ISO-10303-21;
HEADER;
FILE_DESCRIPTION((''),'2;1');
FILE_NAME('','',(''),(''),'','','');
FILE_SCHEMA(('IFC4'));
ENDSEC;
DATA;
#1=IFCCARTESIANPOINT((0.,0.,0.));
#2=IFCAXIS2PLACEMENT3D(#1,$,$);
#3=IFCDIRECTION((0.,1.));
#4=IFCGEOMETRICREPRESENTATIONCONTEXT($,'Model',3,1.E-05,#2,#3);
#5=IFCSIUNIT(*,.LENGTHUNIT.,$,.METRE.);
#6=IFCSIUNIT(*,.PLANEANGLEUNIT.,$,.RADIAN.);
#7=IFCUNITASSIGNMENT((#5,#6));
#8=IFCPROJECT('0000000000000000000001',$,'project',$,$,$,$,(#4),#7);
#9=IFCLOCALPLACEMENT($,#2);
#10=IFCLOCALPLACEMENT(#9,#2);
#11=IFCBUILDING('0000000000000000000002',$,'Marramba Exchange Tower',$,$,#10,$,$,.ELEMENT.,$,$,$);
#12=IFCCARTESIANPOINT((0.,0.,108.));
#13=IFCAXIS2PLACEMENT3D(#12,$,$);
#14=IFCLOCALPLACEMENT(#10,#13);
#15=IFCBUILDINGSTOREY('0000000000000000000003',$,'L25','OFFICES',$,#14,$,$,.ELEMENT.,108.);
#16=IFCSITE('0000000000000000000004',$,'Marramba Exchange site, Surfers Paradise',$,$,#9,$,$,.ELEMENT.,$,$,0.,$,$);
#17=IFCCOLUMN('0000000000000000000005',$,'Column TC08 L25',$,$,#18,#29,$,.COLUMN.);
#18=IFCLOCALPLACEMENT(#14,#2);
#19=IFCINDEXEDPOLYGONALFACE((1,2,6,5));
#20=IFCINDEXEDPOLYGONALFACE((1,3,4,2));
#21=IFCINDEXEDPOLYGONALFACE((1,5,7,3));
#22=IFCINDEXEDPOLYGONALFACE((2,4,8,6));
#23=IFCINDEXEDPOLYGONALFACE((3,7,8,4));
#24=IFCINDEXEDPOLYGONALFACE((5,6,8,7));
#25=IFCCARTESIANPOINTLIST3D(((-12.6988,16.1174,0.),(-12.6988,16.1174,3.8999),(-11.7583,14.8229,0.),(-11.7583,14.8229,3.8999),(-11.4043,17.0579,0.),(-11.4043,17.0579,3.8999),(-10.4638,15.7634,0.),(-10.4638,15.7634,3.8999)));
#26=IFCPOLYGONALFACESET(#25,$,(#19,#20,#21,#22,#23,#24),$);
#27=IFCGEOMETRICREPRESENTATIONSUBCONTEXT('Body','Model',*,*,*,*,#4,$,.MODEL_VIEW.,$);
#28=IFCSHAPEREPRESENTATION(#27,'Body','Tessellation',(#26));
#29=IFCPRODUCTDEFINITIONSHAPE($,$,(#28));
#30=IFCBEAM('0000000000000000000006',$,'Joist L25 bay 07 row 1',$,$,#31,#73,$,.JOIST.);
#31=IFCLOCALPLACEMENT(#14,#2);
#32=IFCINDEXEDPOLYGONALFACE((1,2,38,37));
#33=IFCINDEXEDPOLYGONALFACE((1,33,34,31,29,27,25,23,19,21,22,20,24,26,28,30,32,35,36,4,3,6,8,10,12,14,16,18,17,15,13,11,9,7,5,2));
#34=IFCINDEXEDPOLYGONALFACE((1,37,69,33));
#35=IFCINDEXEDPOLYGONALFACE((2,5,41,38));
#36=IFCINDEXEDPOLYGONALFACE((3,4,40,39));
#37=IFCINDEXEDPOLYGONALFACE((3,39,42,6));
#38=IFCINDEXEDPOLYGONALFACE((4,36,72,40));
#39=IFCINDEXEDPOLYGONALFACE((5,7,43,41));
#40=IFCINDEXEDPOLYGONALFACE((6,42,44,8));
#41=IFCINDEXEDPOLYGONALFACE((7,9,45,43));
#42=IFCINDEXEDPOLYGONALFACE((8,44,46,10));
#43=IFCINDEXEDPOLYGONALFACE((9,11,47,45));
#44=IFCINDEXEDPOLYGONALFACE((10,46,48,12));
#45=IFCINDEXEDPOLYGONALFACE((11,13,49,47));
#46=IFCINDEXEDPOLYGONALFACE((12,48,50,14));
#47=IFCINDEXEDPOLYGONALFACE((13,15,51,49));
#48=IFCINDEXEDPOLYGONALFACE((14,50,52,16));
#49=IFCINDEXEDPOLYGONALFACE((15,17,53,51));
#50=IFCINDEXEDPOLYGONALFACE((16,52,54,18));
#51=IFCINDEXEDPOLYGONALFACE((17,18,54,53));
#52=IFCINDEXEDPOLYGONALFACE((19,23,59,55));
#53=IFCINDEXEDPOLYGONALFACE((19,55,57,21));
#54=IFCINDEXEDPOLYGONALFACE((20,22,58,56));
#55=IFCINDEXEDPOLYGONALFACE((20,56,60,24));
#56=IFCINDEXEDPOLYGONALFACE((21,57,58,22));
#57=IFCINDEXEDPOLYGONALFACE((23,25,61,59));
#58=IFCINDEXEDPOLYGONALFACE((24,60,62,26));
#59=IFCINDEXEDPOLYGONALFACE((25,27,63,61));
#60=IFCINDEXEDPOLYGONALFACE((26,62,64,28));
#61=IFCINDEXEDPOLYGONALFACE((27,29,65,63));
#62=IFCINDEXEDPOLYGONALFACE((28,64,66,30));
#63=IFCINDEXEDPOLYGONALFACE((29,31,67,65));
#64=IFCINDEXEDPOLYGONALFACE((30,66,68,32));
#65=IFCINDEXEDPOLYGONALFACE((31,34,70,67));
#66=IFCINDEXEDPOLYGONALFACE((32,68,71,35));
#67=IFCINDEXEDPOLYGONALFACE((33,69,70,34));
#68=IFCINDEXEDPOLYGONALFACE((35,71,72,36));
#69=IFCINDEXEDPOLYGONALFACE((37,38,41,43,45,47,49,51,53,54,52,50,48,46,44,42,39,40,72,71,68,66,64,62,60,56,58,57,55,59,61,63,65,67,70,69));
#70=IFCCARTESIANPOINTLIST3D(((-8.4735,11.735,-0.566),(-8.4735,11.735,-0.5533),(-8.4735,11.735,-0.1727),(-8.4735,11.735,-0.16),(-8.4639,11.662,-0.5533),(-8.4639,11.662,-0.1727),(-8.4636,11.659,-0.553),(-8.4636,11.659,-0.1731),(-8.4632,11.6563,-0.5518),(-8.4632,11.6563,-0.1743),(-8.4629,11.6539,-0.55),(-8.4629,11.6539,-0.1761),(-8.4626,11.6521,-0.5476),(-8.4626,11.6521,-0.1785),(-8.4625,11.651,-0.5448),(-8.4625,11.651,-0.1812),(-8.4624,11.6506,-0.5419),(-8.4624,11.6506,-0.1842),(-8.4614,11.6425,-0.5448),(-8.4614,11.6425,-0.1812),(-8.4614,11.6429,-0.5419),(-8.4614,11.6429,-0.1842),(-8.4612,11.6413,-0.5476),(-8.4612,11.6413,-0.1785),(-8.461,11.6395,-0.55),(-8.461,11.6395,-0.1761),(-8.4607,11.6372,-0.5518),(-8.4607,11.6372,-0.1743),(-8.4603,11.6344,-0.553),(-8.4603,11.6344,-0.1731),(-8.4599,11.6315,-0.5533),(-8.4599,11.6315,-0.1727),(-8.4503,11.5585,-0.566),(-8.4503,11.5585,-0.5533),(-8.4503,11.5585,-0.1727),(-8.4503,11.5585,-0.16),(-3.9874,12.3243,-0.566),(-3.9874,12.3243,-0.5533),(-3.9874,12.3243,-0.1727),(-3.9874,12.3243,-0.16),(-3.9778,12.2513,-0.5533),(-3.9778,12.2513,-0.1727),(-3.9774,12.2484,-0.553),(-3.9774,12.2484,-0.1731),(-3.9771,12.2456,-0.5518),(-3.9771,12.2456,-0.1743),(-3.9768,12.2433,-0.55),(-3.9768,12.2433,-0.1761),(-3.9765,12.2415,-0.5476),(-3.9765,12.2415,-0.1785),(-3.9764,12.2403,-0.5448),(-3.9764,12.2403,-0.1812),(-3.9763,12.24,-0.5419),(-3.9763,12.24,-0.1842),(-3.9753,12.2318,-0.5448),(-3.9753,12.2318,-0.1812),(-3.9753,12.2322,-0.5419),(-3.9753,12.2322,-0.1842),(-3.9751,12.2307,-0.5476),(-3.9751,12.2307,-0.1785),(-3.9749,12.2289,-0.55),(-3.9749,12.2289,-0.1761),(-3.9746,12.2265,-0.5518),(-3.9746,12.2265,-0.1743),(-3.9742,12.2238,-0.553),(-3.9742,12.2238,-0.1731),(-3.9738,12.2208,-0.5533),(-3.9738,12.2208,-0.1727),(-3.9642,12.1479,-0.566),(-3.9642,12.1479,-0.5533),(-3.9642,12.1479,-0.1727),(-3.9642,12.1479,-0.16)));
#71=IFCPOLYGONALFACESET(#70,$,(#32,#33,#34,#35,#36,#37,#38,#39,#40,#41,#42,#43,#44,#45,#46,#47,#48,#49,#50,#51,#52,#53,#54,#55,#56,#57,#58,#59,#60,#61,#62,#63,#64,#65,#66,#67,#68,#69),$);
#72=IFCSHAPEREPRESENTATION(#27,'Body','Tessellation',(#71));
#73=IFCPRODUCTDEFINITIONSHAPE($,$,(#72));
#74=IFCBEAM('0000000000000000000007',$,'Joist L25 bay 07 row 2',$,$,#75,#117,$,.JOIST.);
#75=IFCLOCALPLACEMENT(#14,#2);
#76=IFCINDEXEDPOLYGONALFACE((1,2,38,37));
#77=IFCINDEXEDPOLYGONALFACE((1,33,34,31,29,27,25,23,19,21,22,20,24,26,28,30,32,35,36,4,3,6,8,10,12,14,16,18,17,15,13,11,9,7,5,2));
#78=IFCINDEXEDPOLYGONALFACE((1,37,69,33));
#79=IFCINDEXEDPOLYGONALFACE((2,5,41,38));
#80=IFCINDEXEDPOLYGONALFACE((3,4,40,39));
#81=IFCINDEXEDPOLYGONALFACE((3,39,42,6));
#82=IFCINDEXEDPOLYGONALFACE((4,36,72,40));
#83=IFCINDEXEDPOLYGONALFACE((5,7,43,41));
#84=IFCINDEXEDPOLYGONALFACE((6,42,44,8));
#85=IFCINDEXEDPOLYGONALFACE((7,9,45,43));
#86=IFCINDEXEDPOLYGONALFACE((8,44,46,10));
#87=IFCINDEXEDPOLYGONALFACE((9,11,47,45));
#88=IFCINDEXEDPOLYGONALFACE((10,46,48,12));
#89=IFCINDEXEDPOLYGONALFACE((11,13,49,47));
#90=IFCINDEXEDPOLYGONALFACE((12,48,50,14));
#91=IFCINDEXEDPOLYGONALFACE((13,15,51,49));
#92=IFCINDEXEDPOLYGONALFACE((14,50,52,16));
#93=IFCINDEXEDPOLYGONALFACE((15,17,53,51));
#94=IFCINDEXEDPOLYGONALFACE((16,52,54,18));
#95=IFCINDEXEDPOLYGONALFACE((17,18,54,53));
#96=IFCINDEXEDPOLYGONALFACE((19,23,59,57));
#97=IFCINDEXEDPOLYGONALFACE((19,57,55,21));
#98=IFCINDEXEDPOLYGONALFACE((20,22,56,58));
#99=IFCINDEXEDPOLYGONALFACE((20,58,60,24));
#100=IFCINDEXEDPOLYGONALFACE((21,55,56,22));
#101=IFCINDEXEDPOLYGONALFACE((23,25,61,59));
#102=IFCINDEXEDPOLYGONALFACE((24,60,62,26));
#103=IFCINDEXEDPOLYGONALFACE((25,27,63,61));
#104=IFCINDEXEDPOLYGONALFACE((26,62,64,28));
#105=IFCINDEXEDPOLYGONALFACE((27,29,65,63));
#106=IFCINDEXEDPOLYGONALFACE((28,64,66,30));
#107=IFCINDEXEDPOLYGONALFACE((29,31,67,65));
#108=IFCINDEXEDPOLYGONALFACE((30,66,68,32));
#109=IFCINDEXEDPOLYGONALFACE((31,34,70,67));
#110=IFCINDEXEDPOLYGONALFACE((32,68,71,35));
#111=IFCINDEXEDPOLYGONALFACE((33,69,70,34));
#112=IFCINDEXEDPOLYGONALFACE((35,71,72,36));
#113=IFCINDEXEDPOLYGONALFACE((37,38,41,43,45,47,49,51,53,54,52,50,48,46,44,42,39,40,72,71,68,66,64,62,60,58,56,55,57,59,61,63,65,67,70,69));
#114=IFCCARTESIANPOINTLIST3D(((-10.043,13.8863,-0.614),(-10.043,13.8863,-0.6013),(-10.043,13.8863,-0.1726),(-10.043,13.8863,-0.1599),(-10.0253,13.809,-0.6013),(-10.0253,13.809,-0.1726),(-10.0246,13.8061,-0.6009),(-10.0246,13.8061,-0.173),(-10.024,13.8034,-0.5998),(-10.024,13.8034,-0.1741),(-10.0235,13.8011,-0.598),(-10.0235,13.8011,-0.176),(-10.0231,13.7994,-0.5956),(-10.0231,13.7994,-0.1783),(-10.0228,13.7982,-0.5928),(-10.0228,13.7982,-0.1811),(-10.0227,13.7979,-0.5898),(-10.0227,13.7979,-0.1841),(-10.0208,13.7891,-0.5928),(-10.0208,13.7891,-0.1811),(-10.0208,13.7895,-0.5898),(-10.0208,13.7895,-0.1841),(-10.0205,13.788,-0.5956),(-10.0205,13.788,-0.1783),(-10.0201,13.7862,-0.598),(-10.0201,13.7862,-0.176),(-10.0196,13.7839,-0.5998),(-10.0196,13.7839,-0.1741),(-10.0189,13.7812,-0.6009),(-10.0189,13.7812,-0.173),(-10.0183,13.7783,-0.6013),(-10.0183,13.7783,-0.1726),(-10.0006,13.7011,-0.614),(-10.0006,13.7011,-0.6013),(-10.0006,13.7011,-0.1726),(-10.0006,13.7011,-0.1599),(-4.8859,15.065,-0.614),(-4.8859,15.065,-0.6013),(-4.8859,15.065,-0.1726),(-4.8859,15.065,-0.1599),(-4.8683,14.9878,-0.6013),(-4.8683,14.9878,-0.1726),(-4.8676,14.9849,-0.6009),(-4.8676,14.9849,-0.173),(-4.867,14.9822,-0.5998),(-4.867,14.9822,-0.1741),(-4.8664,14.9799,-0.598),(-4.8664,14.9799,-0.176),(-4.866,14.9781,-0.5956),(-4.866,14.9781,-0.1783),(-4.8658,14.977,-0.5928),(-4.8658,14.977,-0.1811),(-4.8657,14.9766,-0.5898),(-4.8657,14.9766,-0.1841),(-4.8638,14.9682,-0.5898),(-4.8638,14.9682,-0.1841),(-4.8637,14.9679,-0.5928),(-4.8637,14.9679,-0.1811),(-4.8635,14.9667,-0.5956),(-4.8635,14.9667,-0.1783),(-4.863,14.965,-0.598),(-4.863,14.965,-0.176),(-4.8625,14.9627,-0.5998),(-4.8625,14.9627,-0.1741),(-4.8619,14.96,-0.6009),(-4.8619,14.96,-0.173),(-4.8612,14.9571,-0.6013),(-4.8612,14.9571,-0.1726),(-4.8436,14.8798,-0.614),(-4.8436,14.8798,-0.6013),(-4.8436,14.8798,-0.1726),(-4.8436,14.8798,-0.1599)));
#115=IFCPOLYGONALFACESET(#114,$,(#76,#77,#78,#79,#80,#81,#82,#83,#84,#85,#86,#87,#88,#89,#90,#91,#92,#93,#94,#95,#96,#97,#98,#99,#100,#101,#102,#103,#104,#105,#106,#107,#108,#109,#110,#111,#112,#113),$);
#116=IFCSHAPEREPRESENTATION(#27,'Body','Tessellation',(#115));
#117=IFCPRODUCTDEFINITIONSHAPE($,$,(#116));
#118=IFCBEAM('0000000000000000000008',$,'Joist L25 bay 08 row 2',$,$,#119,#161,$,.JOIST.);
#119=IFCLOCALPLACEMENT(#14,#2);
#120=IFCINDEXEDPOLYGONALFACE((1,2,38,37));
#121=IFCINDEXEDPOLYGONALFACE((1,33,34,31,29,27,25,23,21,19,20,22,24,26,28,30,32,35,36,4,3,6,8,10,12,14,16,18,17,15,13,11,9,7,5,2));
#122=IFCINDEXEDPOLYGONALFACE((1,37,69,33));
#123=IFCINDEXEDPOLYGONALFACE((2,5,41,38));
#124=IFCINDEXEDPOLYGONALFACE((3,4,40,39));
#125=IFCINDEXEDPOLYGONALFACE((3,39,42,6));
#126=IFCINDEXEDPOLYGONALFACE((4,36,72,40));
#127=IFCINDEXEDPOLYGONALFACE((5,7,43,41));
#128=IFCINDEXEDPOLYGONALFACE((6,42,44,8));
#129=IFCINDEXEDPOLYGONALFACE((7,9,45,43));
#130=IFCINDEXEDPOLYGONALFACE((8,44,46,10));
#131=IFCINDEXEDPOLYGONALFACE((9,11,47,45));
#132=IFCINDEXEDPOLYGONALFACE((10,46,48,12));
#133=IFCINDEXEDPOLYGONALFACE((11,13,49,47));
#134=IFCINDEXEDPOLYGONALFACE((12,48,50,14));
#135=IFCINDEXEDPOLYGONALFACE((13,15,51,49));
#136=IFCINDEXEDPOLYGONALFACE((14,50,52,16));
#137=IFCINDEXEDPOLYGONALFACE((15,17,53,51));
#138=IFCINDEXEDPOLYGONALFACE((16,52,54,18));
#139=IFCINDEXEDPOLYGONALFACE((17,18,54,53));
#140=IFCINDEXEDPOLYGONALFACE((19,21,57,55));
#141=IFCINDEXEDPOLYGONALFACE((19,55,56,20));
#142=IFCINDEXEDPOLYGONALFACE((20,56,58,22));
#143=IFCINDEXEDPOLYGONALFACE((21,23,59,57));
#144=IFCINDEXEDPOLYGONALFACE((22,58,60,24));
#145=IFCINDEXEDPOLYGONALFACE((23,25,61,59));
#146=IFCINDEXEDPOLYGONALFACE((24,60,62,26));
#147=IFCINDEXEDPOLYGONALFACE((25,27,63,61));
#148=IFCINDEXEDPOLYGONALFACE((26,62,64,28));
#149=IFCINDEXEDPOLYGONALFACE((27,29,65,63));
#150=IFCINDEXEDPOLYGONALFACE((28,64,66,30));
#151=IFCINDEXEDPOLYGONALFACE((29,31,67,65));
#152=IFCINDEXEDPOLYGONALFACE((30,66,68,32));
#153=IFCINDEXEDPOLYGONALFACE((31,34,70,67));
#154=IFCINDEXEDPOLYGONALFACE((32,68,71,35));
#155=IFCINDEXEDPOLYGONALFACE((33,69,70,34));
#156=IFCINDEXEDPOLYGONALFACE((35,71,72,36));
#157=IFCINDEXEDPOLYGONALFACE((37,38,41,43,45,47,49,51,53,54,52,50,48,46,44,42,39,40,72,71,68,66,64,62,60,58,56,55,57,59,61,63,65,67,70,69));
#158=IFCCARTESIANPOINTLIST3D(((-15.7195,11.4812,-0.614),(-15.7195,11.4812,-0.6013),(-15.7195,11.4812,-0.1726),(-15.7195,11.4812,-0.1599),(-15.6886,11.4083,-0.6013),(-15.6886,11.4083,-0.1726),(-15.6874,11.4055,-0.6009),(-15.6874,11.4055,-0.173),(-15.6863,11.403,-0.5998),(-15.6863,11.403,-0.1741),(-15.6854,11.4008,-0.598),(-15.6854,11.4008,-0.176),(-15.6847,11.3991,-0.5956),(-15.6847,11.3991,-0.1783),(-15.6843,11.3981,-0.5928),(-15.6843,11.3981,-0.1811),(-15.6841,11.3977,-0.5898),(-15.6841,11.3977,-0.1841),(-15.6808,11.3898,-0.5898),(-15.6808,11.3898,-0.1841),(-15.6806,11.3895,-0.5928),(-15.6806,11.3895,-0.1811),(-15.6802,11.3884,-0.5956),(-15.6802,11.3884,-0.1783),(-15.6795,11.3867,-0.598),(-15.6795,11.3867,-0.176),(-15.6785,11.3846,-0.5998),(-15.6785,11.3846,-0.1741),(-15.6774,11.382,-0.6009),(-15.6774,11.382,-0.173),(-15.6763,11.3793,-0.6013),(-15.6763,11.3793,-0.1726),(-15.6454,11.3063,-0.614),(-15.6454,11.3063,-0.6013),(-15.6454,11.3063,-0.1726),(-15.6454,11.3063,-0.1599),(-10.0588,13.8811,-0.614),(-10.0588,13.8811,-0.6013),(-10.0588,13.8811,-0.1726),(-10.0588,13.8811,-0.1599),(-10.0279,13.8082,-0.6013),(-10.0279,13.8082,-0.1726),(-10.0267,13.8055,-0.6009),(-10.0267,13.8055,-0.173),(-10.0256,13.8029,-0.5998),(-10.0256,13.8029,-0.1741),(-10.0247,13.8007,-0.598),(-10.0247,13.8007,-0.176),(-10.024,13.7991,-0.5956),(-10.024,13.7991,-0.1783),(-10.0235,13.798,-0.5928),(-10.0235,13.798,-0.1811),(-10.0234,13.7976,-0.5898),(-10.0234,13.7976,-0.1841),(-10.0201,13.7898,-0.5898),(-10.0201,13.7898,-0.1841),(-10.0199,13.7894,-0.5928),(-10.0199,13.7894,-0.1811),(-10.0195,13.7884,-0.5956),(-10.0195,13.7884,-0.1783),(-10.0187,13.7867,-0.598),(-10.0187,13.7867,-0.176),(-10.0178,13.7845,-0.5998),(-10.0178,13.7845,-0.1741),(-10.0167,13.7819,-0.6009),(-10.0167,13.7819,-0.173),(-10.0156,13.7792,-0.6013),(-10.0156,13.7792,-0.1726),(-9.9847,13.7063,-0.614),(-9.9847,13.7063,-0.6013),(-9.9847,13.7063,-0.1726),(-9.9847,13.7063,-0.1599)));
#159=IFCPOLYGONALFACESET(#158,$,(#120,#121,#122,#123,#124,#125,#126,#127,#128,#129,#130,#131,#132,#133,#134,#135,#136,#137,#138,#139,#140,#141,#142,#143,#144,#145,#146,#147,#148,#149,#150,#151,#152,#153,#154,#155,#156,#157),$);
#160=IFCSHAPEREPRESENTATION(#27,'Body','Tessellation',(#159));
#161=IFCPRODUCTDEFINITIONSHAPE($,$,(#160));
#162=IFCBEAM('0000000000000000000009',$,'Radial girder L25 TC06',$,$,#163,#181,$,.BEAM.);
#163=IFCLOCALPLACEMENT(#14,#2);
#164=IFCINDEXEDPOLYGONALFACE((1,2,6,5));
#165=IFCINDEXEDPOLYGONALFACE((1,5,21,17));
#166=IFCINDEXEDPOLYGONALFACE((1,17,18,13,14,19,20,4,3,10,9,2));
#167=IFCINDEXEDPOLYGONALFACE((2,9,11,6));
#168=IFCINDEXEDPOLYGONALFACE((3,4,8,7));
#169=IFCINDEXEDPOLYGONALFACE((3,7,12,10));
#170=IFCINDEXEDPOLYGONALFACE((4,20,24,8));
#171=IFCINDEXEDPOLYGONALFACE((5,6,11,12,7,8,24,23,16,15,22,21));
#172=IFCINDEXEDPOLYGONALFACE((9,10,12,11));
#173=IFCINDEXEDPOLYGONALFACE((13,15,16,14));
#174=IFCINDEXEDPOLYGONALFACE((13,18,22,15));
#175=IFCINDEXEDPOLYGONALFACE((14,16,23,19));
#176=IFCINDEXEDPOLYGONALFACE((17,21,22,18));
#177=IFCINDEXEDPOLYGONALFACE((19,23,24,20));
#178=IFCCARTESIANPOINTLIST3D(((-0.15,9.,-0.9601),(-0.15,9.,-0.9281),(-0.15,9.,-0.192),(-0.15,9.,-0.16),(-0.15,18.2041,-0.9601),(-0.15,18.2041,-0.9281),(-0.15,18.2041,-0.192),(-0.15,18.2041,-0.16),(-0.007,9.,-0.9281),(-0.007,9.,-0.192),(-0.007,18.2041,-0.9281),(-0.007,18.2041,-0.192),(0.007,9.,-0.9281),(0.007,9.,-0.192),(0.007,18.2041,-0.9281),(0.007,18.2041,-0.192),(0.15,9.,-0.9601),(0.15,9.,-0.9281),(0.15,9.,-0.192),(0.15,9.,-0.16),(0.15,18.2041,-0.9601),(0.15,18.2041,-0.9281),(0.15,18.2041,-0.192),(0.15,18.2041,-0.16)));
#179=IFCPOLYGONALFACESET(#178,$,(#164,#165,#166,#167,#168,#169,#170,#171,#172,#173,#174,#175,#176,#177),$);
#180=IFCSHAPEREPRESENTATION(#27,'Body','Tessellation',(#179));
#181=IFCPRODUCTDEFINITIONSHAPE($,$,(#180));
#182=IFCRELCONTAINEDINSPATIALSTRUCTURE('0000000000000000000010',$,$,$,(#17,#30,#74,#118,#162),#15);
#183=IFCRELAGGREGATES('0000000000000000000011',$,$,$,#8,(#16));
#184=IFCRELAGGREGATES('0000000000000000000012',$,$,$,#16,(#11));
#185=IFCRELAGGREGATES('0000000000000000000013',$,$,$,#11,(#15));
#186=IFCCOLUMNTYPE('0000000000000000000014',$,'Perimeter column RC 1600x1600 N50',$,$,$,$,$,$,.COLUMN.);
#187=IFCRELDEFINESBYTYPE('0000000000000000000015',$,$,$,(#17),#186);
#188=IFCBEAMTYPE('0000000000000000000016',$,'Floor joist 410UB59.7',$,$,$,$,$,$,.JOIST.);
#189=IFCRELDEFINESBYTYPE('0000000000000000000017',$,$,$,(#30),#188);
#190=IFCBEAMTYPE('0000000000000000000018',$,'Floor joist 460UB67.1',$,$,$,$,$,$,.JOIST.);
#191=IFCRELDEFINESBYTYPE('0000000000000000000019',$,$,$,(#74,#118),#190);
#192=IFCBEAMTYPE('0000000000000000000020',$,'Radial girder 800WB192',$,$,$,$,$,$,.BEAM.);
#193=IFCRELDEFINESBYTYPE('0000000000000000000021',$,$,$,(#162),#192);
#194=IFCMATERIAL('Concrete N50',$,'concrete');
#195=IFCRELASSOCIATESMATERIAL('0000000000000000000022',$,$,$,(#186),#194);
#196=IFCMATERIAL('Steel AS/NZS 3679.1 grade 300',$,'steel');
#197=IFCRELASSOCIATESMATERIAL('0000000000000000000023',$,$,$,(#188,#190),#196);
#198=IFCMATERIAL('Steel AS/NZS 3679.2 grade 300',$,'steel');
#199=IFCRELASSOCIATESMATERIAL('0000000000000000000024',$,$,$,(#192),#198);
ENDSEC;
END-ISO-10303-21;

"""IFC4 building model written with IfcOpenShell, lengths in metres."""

from ifc_helpers import new_model, si_unit, direction, frame, origin, origin_2d, place, context, subcontext, project, spatial, rectangle, i_section, extrude, material, material_profile, profile_set, type_object, element, save


model = new_model("IFC4")

# Units and contexts
model_context = context("Model", 3, precision=1e-05, world=origin(), true_north=direction((0.0, 1.0)))
body_context = subcontext(model_context, "Body", "Model", "MODEL_VIEW")
ifc_project = project(units=[si_unit("LENGTHUNIT", "METRE"), si_unit("PLANEANGLEUNIT", "RADIAN")], contexts=[model_context])

# Site, building, storey
site_placement = place(None, origin())
site = spatial("IfcSite", under=ifc_project, at=site_placement, Name="Marramba Exchange site, Surfers Paradise", CompositionType="ELEMENT", RefElevation=0.0)
building_placement = place(site_placement, origin())
building = spatial("IfcBuilding", under=site, at=building_placement, Name="Marramba Exchange Tower", CompositionType="ELEMENT")
storey_placement = place(building_placement, frame((0.0, 0.0, 108.0)))
storey = spatial("IfcBuildingStorey", under=building, at=storey_placement, Name="L25", Description="OFFICES", CompositionType="ELEMENT", Elevation=108.0)

# Column
ifc_material_1 = material(Name="Concrete N50", Category="concrete")
ifc_material_profile_1 = material_profile(ifc_material_1, rectangle(XDim=1.6001, YDim=1.6001, at=origin_2d()), Name="RC 1600x1600")
ifc_profile_set_1 = profile_set([ifc_material_profile_1], Name="Concrete N50")
column_type = type_object("IfcColumnType", Name="Perimeter column RC 1600x1600 N50", PredefinedType="COLUMN", material=ifc_profile_set_1)
column_placement = place(storey_placement, frame((-11.5813, 15.9404, 0.0), z_axis=(0.0, 0.0, 1.0), x_axis=(-0.587785, 0.809017, 0.0)))
element("IfcColumn", 1, at=column_placement, inside=storey, type_object=column_type, Name="Column TC08 L25", PredefinedType="COLUMN", context=body_context, shape_type="SweptSolid", body=[
    extrude(rectangle(XDim=1.6001, YDim=1.6001, at=origin_2d()), origin(), (0.0, 0.0, 1.0), 3.8999),
])

# Beams
ifc_material_2 = material(Name="Steel AS/NZS 3679.1 grade 300", Category="steel")
ifc_material_profile_2 = material_profile(ifc_material_2, i_section(OverallWidth=0.178, OverallDepth=0.406, WebThickness=0.0078, FlangeThickness=0.0127, FilletRadius=0.0115, at=origin_2d()), Name="410UB59.7")
ifc_profile_set_2 = profile_set([ifc_material_profile_2], Name="Steel AS/NZS 3679.1 grade 300")
beam_type_1 = type_object("IfcBeamType", Name="Floor joist 410UB59.7", PredefinedType="JOIST", material=ifc_profile_set_2)
beam_1_placement = place(storey_placement, frame((-3.9758, 12.2361, -0.363), z_axis=(-0.991481, -0.130255, 0.0), x_axis=(0.130255, -0.991481, 0.0)))
element("IfcBeam", 2, at=beam_1_placement, inside=storey, type_object=beam_type_1, Name="Joist L25 bay 07 row 1", PredefinedType="JOIST", context=body_context, shape_type="SweptSolid", body=[
    extrude(i_section(OverallWidth=0.178, OverallDepth=0.406, WebThickness=0.0078, FlangeThickness=0.0127, FilletRadius=0.0115, at=origin_2d()), origin(), (0.0, 0.0, 1.0), 4.5247),
])
ifc_material_profile_3 = material_profile(ifc_material_2, i_section(OverallWidth=0.1899, OverallDepth=0.4541, WebThickness=0.0085, FlangeThickness=0.0127, FilletRadius=0.0115, at=origin_2d()), Name="460UB67.1")
ifc_profile_set_3 = profile_set([ifc_material_profile_3], Name="Steel AS/NZS 3679.1 grade 300")
beam_type_2 = type_object("IfcBeamType", Name="Floor joist 460UB67.1", PredefinedType="JOIST", material=ifc_profile_set_3)
beam_2_placement = place(storey_placement, frame((-4.8647, 14.9724, -0.387), z_axis=(-0.97486, -0.22282, 0.0), x_axis=(0.22282, -0.97486, 0.0)))
element("IfcBeam", 3, at=beam_2_placement, inside=storey, type_object=beam_type_2, Name="Joist L25 bay 07 row 2", PredefinedType="JOIST", context=body_context, shape_type="SweptSolid", body=[
    extrude(i_section(OverallWidth=0.1899, OverallDepth=0.4541, WebThickness=0.0085, FlangeThickness=0.0127, FilletRadius=0.0115, at=origin_2d()), origin(), (0.0, 0.0, 1.0), 5.29),
])
beam_3_placement = place(storey_placement, frame((-10.0217, 13.7937, -0.387), z_axis=(-0.920674, -0.390332, 0.0), x_axis=(0.390332, -0.920674, 0.0)))
element("IfcBeam", 4, at=beam_3_placement, inside=storey, type_object=beam_type_2, Name="Joist L25 bay 08 row 2", PredefinedType="JOIST", context=body_context, shape_type="SweptSolid", body=[
    extrude(i_section(OverallWidth=0.1899, OverallDepth=0.4541, WebThickness=0.0085, FlangeThickness=0.0127, FilletRadius=0.0115, at=origin_2d()), origin(), (0.0, 0.0, 1.0), 6.1484),
])
ifc_material_3 = material(Name="Steel AS/NZS 3679.2 grade 300", Category="steel")
ifc_material_profile_4 = material_profile(ifc_material_3, i_section(OverallWidth=0.3, OverallDepth=0.8, WebThickness=0.0139, FlangeThickness=0.032, at=origin_2d()), Name="800WB192")
ifc_profile_set_4 = profile_set([ifc_material_profile_4], Name="Steel AS/NZS 3679.2 grade 300")
beam_type_3 = type_object("IfcBeamType", Name="Radial girder 800WB192", PredefinedType="BEAM", material=ifc_profile_set_4)
beam_4_placement = place(storey_placement, frame((0.0, 9.0, -0.5601), z_axis=(0.0, 1.0, 0.0), x_axis=(-1.0, 0.0, 0.0)))
element("IfcBeam", 5, at=beam_4_placement, inside=storey, type_object=beam_type_3, Name="Radial girder L25 TC06", PredefinedType="BEAM", context=body_context, shape_type="SweptSolid", body=[
    extrude(i_section(OverallWidth=0.3, OverallDepth=0.8, WebThickness=0.0139, FlangeThickness=0.032, at=origin_2d()), origin(), (0.0, 0.0, 1.0), 9.2041),
])

save(model, "model.ifc")
